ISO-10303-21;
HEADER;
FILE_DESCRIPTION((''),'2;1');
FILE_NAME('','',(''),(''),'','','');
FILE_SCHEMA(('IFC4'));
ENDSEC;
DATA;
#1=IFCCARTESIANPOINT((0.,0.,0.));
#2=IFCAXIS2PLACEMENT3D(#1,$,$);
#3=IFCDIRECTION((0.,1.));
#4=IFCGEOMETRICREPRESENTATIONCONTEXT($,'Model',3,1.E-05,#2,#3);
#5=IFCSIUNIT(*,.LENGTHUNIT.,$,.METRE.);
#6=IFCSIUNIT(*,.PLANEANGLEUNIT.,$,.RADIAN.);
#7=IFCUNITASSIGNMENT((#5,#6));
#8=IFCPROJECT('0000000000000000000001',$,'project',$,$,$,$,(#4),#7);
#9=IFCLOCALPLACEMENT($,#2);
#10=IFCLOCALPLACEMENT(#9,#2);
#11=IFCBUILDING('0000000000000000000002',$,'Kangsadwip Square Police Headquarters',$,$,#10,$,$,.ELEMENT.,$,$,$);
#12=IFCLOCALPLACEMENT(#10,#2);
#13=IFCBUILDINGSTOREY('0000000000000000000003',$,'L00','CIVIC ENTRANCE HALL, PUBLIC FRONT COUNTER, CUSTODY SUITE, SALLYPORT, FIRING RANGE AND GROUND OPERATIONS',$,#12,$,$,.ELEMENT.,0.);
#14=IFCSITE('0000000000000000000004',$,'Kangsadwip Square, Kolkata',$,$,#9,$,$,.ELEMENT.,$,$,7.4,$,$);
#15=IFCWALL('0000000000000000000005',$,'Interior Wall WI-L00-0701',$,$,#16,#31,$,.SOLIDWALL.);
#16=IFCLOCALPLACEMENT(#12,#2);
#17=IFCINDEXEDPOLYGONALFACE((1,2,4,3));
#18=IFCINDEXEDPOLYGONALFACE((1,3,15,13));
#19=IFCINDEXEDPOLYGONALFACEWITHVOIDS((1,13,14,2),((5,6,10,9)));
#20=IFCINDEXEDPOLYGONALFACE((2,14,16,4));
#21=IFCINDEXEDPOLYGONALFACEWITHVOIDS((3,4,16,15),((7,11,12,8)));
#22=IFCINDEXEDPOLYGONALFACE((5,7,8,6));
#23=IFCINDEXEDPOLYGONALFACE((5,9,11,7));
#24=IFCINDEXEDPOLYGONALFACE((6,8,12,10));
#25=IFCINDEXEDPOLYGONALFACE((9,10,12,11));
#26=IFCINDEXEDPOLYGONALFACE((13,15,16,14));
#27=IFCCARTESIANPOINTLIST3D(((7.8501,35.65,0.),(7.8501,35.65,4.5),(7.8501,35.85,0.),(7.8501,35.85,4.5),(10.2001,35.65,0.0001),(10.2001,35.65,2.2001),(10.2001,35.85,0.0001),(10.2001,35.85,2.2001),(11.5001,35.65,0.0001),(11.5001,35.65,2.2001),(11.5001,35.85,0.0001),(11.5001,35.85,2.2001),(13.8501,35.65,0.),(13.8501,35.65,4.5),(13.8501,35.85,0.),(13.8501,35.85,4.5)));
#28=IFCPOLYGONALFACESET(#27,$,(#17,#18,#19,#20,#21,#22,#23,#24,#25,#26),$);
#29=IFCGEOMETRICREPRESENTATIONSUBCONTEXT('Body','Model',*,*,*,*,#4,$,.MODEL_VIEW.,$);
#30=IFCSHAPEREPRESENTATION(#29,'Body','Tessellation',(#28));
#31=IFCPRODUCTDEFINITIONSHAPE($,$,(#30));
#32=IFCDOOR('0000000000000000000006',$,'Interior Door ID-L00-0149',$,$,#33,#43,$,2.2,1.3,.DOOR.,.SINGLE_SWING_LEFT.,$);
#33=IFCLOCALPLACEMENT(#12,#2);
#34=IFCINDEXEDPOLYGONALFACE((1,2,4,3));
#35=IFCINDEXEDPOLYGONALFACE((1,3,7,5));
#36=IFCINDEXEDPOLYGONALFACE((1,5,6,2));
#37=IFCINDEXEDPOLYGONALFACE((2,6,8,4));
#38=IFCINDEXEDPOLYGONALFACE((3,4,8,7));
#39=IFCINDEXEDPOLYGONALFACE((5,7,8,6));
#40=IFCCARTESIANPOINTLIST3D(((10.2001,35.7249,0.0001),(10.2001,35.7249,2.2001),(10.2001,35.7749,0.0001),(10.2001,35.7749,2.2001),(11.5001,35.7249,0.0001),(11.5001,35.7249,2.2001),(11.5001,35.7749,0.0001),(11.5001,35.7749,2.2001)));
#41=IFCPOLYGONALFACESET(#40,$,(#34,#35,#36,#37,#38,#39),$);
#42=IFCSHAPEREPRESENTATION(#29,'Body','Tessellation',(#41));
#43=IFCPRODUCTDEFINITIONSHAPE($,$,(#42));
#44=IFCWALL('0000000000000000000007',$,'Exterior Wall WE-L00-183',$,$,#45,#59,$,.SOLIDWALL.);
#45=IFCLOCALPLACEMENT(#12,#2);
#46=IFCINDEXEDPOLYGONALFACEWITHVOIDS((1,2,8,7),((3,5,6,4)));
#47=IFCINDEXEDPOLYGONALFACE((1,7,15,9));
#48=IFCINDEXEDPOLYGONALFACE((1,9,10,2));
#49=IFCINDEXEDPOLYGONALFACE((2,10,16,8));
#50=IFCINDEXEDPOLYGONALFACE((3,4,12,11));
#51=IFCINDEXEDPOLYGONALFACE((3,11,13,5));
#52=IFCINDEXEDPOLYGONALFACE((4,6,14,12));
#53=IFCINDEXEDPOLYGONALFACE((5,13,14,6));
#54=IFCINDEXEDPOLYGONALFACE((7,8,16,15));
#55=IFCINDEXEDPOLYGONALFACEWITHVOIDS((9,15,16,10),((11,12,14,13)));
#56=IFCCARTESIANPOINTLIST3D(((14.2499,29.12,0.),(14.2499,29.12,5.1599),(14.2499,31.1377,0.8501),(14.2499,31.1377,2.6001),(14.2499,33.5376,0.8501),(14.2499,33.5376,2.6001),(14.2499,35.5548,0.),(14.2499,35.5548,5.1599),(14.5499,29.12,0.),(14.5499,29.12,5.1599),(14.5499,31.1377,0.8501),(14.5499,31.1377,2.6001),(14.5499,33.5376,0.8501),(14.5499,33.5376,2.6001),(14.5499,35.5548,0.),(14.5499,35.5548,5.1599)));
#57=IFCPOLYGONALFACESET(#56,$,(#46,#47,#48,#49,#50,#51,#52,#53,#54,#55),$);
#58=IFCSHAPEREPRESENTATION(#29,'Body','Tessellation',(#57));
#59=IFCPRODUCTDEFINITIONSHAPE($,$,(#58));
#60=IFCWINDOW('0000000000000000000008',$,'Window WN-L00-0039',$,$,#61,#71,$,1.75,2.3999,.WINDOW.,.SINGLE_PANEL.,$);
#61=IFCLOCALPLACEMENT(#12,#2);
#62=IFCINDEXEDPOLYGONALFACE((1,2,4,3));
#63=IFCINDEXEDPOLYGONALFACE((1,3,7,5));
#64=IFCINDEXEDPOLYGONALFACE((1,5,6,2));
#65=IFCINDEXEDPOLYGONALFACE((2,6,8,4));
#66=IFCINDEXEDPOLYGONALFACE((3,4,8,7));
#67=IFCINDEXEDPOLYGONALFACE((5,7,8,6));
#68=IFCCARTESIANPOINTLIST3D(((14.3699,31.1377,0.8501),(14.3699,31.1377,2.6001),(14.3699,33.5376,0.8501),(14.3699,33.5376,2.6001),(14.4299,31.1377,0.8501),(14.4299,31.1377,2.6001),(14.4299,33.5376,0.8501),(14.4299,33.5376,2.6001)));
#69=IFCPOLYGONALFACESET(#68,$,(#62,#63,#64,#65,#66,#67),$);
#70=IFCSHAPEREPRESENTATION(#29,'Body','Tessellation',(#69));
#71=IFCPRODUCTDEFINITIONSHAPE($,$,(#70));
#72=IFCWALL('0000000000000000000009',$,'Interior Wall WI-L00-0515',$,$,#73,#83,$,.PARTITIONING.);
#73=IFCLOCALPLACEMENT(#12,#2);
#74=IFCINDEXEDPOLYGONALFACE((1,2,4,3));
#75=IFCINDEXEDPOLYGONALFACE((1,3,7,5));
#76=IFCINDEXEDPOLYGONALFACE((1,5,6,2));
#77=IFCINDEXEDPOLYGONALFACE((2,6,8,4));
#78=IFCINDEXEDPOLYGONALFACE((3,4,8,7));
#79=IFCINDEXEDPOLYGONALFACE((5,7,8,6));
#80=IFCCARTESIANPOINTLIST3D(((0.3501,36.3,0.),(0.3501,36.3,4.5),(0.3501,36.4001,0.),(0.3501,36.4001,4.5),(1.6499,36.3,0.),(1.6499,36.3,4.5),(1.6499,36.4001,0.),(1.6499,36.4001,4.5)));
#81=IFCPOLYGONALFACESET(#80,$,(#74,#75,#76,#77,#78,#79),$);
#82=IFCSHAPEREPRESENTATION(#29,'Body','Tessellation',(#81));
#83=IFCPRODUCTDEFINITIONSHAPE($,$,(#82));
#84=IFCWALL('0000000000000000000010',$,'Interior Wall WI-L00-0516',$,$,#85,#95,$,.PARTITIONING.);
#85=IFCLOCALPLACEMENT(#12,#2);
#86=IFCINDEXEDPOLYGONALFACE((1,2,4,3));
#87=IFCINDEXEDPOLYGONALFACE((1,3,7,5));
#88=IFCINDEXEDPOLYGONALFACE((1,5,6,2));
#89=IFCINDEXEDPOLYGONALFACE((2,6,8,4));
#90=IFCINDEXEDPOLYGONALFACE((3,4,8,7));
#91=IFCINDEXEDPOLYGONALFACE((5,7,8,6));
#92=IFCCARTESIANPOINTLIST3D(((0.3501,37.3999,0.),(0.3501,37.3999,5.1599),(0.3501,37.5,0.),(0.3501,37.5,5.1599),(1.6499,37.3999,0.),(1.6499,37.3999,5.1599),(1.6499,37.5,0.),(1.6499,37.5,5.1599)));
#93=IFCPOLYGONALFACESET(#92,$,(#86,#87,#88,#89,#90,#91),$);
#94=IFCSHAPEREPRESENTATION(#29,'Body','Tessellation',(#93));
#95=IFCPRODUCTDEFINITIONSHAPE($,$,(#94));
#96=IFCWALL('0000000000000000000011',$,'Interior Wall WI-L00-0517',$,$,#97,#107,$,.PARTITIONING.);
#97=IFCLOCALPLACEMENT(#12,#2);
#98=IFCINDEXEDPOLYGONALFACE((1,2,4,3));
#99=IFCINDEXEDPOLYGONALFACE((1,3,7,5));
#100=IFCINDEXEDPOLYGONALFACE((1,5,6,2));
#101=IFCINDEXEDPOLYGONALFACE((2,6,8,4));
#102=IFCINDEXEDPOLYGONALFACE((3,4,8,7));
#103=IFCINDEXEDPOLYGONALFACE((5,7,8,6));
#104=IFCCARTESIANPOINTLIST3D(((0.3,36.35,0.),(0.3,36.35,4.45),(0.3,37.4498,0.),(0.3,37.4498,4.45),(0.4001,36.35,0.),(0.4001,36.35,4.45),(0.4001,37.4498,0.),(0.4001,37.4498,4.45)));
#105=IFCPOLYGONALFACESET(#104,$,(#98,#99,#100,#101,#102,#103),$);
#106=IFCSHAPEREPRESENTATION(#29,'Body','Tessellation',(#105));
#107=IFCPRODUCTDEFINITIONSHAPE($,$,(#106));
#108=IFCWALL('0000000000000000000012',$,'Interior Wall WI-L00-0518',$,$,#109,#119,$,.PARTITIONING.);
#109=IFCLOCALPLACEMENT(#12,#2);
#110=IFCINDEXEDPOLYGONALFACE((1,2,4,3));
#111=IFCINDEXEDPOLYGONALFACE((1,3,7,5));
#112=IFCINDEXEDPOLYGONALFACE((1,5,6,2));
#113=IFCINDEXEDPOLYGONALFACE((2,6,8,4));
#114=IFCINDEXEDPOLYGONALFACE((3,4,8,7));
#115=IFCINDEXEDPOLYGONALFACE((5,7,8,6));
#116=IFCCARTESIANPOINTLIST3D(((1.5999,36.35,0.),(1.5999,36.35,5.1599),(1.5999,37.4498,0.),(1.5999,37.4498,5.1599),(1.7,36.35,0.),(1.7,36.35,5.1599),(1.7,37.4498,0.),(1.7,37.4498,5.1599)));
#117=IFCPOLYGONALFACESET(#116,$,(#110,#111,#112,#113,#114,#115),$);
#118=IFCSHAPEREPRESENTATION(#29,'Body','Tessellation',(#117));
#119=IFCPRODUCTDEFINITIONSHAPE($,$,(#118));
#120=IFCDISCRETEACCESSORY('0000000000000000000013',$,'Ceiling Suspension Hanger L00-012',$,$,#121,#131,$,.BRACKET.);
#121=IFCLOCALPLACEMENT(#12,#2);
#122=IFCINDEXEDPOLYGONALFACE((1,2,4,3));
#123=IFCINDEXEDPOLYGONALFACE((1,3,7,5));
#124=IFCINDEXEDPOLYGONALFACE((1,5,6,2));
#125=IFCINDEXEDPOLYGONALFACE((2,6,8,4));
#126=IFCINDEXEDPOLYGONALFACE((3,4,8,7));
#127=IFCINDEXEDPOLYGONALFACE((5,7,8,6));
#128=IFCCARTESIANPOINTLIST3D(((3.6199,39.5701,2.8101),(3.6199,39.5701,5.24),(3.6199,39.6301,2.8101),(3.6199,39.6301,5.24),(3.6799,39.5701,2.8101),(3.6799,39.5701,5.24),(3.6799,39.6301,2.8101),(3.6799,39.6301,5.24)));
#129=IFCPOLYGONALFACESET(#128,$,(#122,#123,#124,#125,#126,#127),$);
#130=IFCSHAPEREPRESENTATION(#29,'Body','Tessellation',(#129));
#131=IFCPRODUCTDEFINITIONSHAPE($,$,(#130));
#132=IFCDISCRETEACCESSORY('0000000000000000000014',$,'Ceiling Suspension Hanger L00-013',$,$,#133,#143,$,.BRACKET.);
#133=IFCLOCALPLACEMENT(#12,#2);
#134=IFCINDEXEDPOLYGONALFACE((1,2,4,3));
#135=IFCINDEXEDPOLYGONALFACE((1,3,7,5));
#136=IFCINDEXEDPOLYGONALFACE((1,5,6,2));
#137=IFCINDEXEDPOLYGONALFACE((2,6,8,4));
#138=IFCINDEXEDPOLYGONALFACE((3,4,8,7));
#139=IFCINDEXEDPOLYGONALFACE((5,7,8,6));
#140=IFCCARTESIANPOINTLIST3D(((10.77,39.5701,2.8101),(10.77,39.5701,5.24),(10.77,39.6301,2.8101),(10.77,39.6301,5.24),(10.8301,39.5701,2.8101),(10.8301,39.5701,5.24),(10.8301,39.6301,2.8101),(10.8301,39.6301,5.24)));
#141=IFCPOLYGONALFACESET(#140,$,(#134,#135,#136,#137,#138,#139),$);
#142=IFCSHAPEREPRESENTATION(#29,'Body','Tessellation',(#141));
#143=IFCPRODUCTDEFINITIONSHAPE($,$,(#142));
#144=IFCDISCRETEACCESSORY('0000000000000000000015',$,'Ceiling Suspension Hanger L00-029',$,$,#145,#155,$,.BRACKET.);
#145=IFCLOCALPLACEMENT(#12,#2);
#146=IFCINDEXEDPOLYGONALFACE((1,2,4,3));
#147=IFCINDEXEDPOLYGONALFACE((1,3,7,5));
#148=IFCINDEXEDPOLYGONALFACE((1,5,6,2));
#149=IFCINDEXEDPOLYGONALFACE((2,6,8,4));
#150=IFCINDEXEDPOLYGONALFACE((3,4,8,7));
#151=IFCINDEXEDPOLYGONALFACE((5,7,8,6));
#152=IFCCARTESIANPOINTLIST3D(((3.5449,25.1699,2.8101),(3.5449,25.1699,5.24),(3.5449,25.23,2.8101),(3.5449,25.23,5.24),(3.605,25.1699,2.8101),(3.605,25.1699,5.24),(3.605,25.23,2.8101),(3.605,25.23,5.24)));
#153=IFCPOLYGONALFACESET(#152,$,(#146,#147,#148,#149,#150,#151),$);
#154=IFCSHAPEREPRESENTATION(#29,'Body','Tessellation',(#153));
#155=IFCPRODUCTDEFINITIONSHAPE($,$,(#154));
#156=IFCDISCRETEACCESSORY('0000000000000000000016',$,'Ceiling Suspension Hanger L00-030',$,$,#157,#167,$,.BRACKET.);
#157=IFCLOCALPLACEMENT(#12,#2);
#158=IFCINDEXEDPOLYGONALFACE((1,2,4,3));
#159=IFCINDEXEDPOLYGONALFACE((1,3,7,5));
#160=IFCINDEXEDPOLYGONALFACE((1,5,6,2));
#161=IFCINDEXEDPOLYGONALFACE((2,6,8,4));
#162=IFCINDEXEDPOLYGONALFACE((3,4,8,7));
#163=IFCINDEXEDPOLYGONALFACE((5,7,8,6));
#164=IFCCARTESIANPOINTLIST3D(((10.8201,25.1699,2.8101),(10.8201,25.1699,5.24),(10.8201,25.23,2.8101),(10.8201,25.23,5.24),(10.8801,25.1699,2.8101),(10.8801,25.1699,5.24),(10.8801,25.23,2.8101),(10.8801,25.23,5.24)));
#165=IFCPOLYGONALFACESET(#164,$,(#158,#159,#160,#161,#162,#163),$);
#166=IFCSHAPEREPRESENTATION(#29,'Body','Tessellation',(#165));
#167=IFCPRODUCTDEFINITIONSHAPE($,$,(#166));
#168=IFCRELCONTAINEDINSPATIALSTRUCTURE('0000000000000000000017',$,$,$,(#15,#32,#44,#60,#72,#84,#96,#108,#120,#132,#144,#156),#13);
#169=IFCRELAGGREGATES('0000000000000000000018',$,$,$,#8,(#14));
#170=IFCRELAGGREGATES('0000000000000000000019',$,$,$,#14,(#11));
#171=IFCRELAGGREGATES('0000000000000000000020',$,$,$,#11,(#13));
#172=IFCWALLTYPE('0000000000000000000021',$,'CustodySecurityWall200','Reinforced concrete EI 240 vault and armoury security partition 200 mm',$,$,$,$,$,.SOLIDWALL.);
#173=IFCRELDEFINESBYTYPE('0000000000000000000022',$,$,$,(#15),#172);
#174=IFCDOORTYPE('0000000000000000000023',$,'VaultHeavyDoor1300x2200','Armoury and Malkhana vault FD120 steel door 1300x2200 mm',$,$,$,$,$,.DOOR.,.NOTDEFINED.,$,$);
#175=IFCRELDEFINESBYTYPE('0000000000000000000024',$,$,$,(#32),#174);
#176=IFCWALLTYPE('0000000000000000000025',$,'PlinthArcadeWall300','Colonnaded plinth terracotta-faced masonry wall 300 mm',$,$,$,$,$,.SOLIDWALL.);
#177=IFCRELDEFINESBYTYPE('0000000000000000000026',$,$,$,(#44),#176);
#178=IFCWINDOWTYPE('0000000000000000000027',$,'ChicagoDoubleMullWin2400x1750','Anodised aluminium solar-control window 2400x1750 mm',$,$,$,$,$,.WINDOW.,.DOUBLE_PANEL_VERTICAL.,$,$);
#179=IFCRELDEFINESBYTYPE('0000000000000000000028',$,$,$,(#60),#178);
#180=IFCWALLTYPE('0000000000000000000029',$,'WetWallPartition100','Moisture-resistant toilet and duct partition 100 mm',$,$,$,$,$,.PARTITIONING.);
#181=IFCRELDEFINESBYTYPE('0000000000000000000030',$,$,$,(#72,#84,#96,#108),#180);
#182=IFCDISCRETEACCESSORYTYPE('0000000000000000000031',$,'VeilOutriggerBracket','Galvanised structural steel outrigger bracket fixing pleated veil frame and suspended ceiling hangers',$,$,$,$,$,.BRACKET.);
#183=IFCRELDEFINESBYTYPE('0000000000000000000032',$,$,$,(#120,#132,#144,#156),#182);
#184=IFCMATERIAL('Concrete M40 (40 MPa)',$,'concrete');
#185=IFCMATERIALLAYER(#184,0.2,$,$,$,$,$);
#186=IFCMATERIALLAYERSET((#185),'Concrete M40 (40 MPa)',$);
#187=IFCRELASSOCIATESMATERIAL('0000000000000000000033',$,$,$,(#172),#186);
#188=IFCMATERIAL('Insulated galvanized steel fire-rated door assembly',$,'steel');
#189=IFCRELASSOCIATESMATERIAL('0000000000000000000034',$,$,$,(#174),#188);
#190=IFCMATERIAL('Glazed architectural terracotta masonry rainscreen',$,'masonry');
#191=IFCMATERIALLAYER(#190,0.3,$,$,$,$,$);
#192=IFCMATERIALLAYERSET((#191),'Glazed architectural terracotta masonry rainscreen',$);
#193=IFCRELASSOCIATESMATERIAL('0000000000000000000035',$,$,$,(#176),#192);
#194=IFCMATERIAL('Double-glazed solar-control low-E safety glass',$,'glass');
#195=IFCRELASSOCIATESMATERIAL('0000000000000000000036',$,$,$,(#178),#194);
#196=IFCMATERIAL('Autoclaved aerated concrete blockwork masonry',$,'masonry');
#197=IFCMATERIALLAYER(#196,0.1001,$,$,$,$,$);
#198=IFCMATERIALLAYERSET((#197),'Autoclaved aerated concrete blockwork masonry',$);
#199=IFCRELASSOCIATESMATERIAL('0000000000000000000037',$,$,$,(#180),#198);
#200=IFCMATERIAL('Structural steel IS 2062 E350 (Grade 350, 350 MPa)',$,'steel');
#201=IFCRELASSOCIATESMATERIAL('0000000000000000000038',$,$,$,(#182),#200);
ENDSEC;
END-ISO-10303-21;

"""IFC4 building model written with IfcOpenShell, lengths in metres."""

from ifc_helpers import new_model, si_unit, direction, frame, frame_2d, origin, origin_2d, place, context, subcontext, project, spatial, rectangle, extrude, material, layer, layer_set, type_object, element, fill, save


model = new_model("IFC4")

# Units and contexts
model_context = context("Model", 3, precision=1e-05, world=origin(), true_north=direction((0.0, 1.0)))
body_context = subcontext(model_context, "Body", "Model", "MODEL_VIEW")
ifc_project = project(units=[si_unit("LENGTHUNIT", "METRE"), si_unit("PLANEANGLEUNIT", "RADIAN")], contexts=[model_context])

# Site, building, storey
site_placement = place(None, origin())
site = spatial("IfcSite", under=ifc_project, at=site_placement, Name="Kangsadwip Square, Kolkata", CompositionType="ELEMENT", RefElevation=7.4)
building_placement = place(site_placement, origin())
building = spatial("IfcBuilding", under=site, at=building_placement, Name="Kangsadwip Square Police Headquarters", CompositionType="ELEMENT")
storey_placement = place(building_placement, origin())
storey = spatial("IfcBuildingStorey", under=building, at=storey_placement, Name="L00", Description="CIVIC ENTRANCE HALL, PUBLIC FRONT COUNTER, CUSTODY SUITE, SALLYPORT, FIRING RANGE AND GROUND OPERATIONS", CompositionType="ELEMENT", Elevation=0.0)

# Wall, opening, door
ifc_material_1 = material(Name="Concrete M40 (40 MPa)", Category="concrete")
ifc_layer_1 = layer(ifc_material_1, 0.2)
ifc_layer_set_1 = layer_set([ifc_layer_1], Name="Concrete M40 (40 MPa)")
wall_type_1 = type_object("IfcWallType", Name="CustodySecurityWall200", Description="Reinforced concrete EI 240 vault and armoury security partition 200 mm", PredefinedType="SOLIDWALL", material=ifc_layer_set_1)
wall_1_placement = place(storey_placement, frame((7.8501, 35.75, 0.0), z_axis=(0.0, 0.0, 1.0), x_axis=(1.0, 0.0, 0.0)))
wall_1 = element("IfcWall", 1, at=wall_1_placement, inside=storey, type_object=wall_type_1, Name="Interior Wall WI-L00-0701", PredefinedType="SOLIDWALL", context=body_context, shape_type="SweptSolid", body=[
    extrude(rectangle(XDim=6.0, YDim=0.2, at=frame_2d((3.0, 0.0))), origin(), (0.0, 0.0, 1.0), 4.5),
])
opening_1_placement = place(wall_1_placement, frame((2.3501, 0.0, 0.0)))
opening_1 = element("IfcOpeningElement", 2, at=opening_1_placement, cuts=wall_1, PredefinedType="OPENING", context=body_context, shape_type="SweptSolid", body=[
    extrude(rectangle(XDim=1.3, YDim=2.2, at=frame_2d((0.6499, 1.1001))), frame((0.0, 0.1099, 0.0), z_axis=(0.0, -1.0, 0.0), x_axis=(1.0, 0.0, 0.0)), (0.0, 0.0, 1.0), 0.22),
])
ifc_material_2 = material(Name="Insulated galvanized steel fire-rated door assembly", Category="steel")
door_type_1 = type_object("IfcDoorType", Name="VaultHeavyDoor1300x2200", Description="Armoury and Malkhana vault FD120 steel door 1300x2200 mm", OperationType="NOTDEFINED", PredefinedType="DOOR", material=ifc_material_2)
door_1_placement = place(opening_1_placement, origin())
door_1 = element("IfcDoor", 3, at=door_1_placement, inside=storey, type_object=door_type_1, Name="Interior Door ID-L00-0149", OperationType="SINGLE_SWING_LEFT", OverallHeight=2.2, OverallWidth=1.3, PredefinedType="DOOR", context=body_context, shape_type="SweptSolid", body=[
    extrude(rectangle(XDim=1.3, YDim=2.2, at=frame_2d((0.6499, 1.1001))), frame((0.0, 0.0249, 0.0), z_axis=(0.0, -1.0, 0.0), x_axis=(1.0, 0.0, 0.0)), (0.0, 0.0, 1.0), 0.05),
])
fill(opening_1, door_1)

# Wall, opening, window
ifc_material_3 = material(Name="Glazed architectural terracotta masonry rainscreen", Category="masonry")
ifc_layer_2 = layer(ifc_material_3, 0.3)
ifc_layer_set_2 = layer_set([ifc_layer_2], Name="Glazed architectural terracotta masonry rainscreen")
wall_type_2 = type_object("IfcWallType", Name="PlinthArcadeWall300", Description="Colonnaded plinth terracotta-faced masonry wall 300 mm", PredefinedType="SOLIDWALL", material=ifc_layer_set_2)
wall_2_placement = place(storey_placement, frame((14.3999, 29.1201, 0.0), z_axis=(0.0, 0.0, 1.0), x_axis=(0.0, 1.0, 0.0)))
wall_2 = element("IfcWall", 4, at=wall_2_placement, inside=storey, type_object=wall_type_2, Name="Exterior Wall WE-L00-183", PredefinedType="SOLIDWALL", context=body_context, shape_type="SweptSolid", body=[
    extrude(rectangle(XDim=6.4348, YDim=0.3, at=frame_2d((3.2173, 0.0))), origin(), (0.0, 0.0, 1.0), 5.1599),
])
opening_2_placement = place(wall_2_placement, frame((2.0176, 0.0, 0.8501)))
opening_2 = element("IfcOpeningElement", 5, at=opening_2_placement, cuts=wall_2, PredefinedType="OPENING", context=body_context, shape_type="SweptSolid", body=[
    extrude(rectangle(XDim=2.3999, YDim=1.75, at=frame_2d((1.2, 0.875))), frame((0.0, 0.1599, 0.0), z_axis=(0.0, -1.0, 0.0), x_axis=(1.0, 0.0, 0.0)), (0.0, 0.0, 1.0), 0.3201),
])
ifc_material_4 = material(Name="Double-glazed solar-control low-E safety glass", Category="glass")
window_type = type_object("IfcWindowType", Name="ChicagoDoubleMullWin2400x1750", Description="Anodised aluminium solar-control window 2400x1750 mm", PartitioningType="DOUBLE_PANEL_VERTICAL", PredefinedType="WINDOW", material=ifc_material_4)
window_placement = place(opening_2_placement, origin())
window = element("IfcWindow", 6, at=window_placement, inside=storey, type_object=window_type, Name="Window WN-L00-0039", OverallHeight=1.75, OverallWidth=2.3999, PartitioningType="SINGLE_PANEL", PredefinedType="WINDOW", context=body_context, shape_type="SweptSolid", body=[
    extrude(rectangle(XDim=2.3999, YDim=1.75, at=frame_2d((1.2, 0.875))), frame((0.0, 0.03, 0.0), z_axis=(0.0, -1.0, 0.0), x_axis=(1.0, 0.0, 0.0)), (0.0, 0.0, 1.0), 0.0601),
])
fill(opening_2, window)

# Walls
ifc_material_5 = material(Name="Autoclaved aerated concrete blockwork masonry", Category="masonry")
ifc_layer_3 = layer(ifc_material_5, 0.1001)
ifc_layer_set_3 = layer_set([ifc_layer_3], Name="Autoclaved aerated concrete blockwork masonry")
wall_type_3 = type_object("IfcWallType", Name="WetWallPartition100", Description="Moisture-resistant toilet and duct partition 100 mm", PredefinedType="PARTITIONING", material=ifc_layer_set_3)
wall_3_placement = place(storey_placement, frame((0.3501, 36.3501, 0.0), z_axis=(0.0, 0.0, 1.0), x_axis=(1.0, 0.0, 0.0)))
element("IfcWall", 7, at=wall_3_placement, inside=storey, type_object=wall_type_3, Name="Interior Wall WI-L00-0515", PredefinedType="PARTITIONING", context=body_context, shape_type="SweptSolid", body=[
    extrude(rectangle(XDim=1.2998, YDim=0.1001, at=frame_2d((0.6499, 0.0))), origin(), (0.0, 0.0, 1.0), 4.5),
])
wall_4_placement = place(storey_placement, frame((0.3501, 37.45, 0.0), z_axis=(0.0, 0.0, 1.0), x_axis=(1.0, 0.0, 0.0)))
element("IfcWall", 8, at=wall_4_placement, inside=storey, type_object=wall_type_3, Name="Interior Wall WI-L00-0516", PredefinedType="PARTITIONING", context=body_context, shape_type="SweptSolid", body=[
    extrude(rectangle(XDim=1.2998, YDim=0.1001, at=frame_2d((0.6499, 0.0))), origin(), (0.0, 0.0, 1.0), 5.1599),
])
wall_5_placement = place(storey_placement, frame((0.3501, 36.3501, 0.0), z_axis=(0.0, 0.0, 1.0), x_axis=(0.0, 1.0, 0.0)))
element("IfcWall", 9, at=wall_5_placement, inside=storey, type_object=wall_type_3, Name="Interior Wall WI-L00-0517", PredefinedType="PARTITIONING", context=body_context, shape_type="SweptSolid", body=[
    extrude(rectangle(XDim=1.0999, YDim=0.1001, at=frame_2d((0.5498, 0.0))), origin(), (0.0, 0.0, 1.0), 4.45),
])
wall_6_placement = place(storey_placement, frame((1.6499, 36.3501, 0.0), z_axis=(0.0, 0.0, 1.0), x_axis=(0.0, 1.0, 0.0)))
element("IfcWall", 10, at=wall_6_placement, inside=storey, type_object=wall_type_3, Name="Interior Wall WI-L00-0518", PredefinedType="PARTITIONING", context=body_context, shape_type="SweptSolid", body=[
    extrude(rectangle(XDim=1.0999, YDim=0.1001, at=frame_2d((0.5498, 0.0))), origin(), (0.0, 0.0, 1.0), 5.1599),
])

# Discrete accessories
ifc_material_6 = material(Name="Structural steel IS 2062 E350 (Grade 350, 350 MPa)", Category="steel")
discrete_accessory_type = type_object("IfcDiscreteAccessoryType", Name="VeilOutriggerBracket", Description="Galvanised structural steel outrigger bracket fixing pleated veil frame and suspended ceiling hangers", PredefinedType="BRACKET", material=ifc_material_6)
for number, where, z_axis, x_axis, name in (
    (11, (3.6499, 39.6001, 2.8101), (0.0, 0.0, 1.0), (1.0, 0.0, 0.0), "Ceiling Suspension Hanger L00-012"),
    (12, (10.8, 39.6001, 2.8101), (0.0, 0.0, 1.0), (1.0, 0.0, 0.0), "Ceiling Suspension Hanger L00-013"),
    (13, (3.575, 25.2, 2.8101), (0.0, 0.0, 1.0), (1.0, 0.0, 0.0), "Ceiling Suspension Hanger L00-029"),
    (14, (10.8501, 25.2, 2.8101), (0.0, 0.0, 1.0), (1.0, 0.0, 0.0), "Ceiling Suspension Hanger L00-030"),
):
    element("IfcDiscreteAccessory", number, at=place(storey_placement, frame(where, z_axis=z_axis, x_axis=x_axis)), inside=storey, type_object=discrete_accessory_type, Name=name, PredefinedType="BRACKET", context=body_context, shape_type="SweptSolid", body=[
        extrude(rectangle(XDim=0.0601, YDim=0.0601, at=origin_2d()), origin(), (0.0, 0.0, 1.0), 2.4299),
    ])

save(model, "model.ifc")
